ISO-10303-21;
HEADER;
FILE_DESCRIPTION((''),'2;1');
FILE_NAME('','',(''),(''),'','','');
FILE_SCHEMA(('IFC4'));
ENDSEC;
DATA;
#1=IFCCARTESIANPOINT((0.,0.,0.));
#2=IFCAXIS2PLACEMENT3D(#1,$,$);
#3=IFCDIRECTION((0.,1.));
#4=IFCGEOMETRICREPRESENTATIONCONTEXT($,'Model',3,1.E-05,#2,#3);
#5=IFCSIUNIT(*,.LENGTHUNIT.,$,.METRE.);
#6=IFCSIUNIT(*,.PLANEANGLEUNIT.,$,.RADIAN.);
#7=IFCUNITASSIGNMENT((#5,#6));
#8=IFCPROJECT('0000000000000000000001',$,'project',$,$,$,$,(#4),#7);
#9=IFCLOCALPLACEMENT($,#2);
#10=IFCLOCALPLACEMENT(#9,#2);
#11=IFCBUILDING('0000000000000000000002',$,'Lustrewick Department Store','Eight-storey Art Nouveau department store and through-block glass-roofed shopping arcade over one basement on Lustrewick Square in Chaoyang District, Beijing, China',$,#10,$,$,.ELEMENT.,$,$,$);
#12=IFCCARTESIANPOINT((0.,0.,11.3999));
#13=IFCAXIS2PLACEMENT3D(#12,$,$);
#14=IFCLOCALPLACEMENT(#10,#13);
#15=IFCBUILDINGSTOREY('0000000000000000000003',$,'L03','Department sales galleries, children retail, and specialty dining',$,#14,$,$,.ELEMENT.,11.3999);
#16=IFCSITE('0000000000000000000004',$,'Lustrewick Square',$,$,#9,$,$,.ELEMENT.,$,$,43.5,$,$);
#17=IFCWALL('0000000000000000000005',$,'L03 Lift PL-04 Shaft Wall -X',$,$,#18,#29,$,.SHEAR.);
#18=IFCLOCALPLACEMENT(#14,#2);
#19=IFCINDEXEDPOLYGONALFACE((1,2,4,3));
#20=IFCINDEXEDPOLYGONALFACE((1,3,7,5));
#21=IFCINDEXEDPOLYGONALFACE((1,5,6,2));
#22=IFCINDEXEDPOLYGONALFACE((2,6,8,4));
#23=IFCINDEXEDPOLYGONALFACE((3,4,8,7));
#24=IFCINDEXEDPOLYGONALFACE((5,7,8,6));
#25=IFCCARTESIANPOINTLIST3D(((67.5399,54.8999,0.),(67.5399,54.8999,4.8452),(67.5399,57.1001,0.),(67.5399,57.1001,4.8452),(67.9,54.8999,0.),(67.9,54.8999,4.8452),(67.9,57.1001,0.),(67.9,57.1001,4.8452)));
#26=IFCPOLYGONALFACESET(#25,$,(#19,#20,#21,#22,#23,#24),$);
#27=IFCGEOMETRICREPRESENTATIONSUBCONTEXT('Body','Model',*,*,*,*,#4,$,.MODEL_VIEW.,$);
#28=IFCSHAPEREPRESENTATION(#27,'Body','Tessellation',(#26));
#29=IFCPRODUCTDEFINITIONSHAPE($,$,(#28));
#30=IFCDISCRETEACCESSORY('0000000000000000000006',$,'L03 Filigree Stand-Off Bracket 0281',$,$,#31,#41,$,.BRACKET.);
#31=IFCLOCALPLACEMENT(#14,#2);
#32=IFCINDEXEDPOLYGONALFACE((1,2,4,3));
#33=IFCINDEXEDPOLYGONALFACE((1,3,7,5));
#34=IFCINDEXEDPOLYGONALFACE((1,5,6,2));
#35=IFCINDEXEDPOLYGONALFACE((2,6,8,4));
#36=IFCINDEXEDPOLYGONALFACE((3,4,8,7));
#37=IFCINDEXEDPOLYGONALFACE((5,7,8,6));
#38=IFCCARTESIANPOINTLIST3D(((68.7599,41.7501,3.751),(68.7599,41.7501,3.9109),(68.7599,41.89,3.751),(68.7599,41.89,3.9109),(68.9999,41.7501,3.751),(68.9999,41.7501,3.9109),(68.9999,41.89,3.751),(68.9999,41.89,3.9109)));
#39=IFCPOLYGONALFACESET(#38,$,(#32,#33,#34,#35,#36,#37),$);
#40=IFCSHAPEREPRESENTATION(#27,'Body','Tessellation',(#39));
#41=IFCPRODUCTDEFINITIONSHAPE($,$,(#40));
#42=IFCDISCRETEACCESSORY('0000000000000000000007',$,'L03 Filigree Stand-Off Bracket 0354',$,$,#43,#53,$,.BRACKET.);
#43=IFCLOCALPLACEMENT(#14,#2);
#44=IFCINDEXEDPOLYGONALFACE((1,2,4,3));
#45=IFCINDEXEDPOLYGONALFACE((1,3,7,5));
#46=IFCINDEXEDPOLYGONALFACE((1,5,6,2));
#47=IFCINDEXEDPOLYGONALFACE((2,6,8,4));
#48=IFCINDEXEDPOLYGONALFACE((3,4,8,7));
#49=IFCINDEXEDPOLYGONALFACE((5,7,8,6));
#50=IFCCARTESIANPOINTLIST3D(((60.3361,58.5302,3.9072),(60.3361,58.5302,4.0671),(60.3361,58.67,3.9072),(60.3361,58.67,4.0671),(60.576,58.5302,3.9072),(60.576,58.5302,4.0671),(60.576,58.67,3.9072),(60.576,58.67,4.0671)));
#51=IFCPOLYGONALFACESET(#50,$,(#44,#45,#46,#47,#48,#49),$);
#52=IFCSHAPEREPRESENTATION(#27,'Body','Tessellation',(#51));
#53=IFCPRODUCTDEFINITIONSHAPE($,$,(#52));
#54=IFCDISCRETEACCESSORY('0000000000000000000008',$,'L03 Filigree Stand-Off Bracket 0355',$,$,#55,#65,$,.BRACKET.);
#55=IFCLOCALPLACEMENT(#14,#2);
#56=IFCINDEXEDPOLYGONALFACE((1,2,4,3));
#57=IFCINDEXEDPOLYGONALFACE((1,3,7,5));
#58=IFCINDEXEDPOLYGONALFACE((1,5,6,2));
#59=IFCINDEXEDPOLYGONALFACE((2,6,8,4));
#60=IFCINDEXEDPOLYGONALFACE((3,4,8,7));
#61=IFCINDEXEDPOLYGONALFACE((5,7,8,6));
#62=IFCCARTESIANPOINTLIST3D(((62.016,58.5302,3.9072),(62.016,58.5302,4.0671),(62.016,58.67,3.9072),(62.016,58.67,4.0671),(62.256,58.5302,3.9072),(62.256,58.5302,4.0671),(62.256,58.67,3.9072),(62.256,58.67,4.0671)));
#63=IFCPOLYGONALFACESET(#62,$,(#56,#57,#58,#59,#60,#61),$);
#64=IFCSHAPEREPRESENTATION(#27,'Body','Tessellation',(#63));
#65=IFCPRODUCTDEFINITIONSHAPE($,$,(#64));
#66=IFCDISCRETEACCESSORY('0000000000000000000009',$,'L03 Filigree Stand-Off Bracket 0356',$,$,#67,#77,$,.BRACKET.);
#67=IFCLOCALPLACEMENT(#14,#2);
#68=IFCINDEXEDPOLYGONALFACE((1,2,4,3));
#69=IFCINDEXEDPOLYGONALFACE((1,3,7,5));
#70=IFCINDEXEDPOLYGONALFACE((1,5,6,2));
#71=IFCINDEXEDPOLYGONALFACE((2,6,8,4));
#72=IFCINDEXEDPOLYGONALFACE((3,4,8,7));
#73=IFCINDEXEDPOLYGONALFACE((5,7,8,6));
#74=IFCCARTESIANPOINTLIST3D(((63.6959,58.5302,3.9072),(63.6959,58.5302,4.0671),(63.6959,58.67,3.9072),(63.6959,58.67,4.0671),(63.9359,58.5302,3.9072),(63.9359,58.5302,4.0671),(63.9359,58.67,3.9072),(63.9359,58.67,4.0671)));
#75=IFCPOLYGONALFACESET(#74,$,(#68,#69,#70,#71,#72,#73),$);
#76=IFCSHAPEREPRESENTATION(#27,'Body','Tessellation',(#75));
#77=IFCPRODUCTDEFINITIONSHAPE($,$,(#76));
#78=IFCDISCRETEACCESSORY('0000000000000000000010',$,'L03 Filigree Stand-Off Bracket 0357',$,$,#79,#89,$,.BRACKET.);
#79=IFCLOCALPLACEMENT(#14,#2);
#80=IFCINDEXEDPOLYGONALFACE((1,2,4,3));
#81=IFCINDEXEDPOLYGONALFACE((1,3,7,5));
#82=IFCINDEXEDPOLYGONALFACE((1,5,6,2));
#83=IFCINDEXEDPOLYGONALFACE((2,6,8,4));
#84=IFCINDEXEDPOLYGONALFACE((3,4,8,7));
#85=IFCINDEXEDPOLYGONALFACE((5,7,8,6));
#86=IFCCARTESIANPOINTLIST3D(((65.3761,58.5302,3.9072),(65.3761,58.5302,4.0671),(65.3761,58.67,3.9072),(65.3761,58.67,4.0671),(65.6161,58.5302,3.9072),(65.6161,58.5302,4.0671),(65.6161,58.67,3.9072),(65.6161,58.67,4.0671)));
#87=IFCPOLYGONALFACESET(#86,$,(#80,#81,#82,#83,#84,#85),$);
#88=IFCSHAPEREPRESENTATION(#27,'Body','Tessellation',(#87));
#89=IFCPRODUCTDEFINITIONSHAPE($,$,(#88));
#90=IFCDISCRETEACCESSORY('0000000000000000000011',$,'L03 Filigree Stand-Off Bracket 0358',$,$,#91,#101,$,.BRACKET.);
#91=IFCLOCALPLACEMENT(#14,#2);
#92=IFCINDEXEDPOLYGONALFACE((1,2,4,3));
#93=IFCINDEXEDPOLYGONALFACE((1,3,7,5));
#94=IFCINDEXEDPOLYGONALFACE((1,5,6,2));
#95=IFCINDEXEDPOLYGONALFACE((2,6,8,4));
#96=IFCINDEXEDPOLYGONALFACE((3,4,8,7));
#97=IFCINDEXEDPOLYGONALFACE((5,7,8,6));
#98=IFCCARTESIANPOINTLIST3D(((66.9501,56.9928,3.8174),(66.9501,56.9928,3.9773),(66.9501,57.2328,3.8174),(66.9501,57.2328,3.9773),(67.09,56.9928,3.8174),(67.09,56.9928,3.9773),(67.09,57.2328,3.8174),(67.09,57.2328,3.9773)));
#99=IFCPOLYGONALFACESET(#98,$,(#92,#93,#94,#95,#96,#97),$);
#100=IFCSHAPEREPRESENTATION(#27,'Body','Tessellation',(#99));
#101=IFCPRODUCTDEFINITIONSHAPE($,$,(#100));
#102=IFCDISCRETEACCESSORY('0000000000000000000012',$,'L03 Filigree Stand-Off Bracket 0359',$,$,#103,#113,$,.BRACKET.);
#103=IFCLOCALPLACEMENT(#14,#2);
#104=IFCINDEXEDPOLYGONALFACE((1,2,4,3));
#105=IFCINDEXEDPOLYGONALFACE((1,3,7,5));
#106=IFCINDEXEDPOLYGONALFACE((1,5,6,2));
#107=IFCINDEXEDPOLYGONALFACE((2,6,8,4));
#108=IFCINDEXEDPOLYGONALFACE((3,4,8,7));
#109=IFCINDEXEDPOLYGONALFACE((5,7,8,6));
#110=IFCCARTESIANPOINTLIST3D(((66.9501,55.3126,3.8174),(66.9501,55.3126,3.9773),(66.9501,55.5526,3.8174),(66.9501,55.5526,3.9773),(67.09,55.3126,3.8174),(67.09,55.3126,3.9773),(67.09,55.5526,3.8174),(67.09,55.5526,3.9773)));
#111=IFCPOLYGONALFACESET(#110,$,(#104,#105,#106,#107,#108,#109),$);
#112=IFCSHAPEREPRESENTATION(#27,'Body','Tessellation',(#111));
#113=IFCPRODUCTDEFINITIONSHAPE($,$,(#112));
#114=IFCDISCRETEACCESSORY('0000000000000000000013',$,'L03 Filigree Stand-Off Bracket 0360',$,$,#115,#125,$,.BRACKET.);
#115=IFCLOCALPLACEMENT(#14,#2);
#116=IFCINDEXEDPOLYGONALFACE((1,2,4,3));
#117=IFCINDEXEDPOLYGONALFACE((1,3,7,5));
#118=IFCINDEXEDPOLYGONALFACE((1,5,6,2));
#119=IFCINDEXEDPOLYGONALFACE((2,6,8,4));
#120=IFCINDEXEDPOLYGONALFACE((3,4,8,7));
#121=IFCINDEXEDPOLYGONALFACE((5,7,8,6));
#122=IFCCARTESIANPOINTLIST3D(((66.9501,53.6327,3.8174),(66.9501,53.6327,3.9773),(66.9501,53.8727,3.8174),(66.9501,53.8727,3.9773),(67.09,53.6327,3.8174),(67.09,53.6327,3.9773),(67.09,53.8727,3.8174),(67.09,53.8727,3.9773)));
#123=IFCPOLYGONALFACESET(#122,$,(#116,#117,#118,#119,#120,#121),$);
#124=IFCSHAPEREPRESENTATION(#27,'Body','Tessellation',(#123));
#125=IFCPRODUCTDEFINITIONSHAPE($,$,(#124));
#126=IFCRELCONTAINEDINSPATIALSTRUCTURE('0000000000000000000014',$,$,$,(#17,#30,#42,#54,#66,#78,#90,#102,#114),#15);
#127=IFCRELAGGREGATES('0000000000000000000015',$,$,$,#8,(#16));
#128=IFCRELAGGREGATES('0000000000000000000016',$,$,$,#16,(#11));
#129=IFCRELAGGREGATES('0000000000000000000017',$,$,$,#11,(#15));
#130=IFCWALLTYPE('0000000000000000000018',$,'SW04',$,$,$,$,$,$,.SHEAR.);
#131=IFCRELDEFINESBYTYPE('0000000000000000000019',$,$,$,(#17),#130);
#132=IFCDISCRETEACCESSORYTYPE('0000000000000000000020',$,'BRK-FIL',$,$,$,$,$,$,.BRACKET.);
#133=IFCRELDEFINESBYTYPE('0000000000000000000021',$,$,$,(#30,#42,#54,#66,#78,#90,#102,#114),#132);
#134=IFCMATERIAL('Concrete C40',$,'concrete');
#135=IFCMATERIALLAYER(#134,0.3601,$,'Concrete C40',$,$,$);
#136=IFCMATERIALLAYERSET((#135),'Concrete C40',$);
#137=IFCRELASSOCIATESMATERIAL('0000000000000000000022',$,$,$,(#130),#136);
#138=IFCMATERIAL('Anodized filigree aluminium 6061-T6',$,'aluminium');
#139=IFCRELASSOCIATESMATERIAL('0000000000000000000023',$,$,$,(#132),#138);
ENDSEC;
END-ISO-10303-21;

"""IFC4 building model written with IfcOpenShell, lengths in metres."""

from ifc_helpers import new_model, si_unit, direction, frame, frame_2d, origin, origin_2d, place, context, subcontext, project, spatial, rectangle, extrude, material, layer, layer_set, type_object, element, save


model = new_model("IFC4")

# Units and contexts
model_context = context("Model", 3, precision=1e-05, world=origin(), true_north=direction((0.0, 1.0)))
body_context = subcontext(model_context, "Body", "Model", "MODEL_VIEW")
ifc_project = project(units=[si_unit("LENGTHUNIT", "METRE"), si_unit("PLANEANGLEUNIT", "RADIAN")], contexts=[model_context])

# Site, building, storey
site_placement = place(None, origin())
site = spatial("IfcSite", under=ifc_project, at=site_placement, Name="Lustrewick Square", CompositionType="ELEMENT", RefElevation=43.5)
building_placement = place(site_placement, origin())
building = spatial("IfcBuilding", under=site, at=building_placement, Name="Lustrewick Department Store", Description="Eight-storey Art Nouveau department store and through-block glass-roofed shopping arcade over one basement on Lustrewick Square in Chaoyang District, Beijing, China", CompositionType="ELEMENT")
storey_placement = place(building_placement, frame((0.0, 0.0, 11.3999)))
storey = spatial("IfcBuildingStorey", under=building, at=storey_placement, Name="L03", Description="Department sales galleries, children retail, and specialty dining", CompositionType="ELEMENT", Elevation=11.3999)

# Shared definitions
ifc_material_1 = material(Name="Concrete C40", Category="concrete")
ifc_layer_1 = layer(ifc_material_1, 0.3601, Name="Concrete C40")
ifc_layer_set_1 = layer_set([ifc_layer_1], Name="Concrete C40")
wall_type_1 = type_object("IfcWallType", Name="SW04", PredefinedType="SHEAR", material=ifc_layer_set_1)

# Wall
wall_1_placement = place(storey_placement, frame((67.72, 57.1001, 0.0), z_axis=(0.0, 0.0, 1.0), x_axis=(0.0, -1.0, 0.0)))
element("IfcWall", 1, at=wall_1_placement, inside=storey, type_object=wall_type_1, Name="L03 Lift PL-04 Shaft Wall -X", PredefinedType="SHEAR", context=body_context, shape_type="SweptSolid", body=[
    extrude(rectangle(XDim=2.2002, YDim=0.3601, at=frame_2d((1.1001, 0.0))), origin(), (0.0, 0.0, 1.0), 4.8452),
])

# Discrete accessories
ifc_material_2 = material(Name="Anodized filigree aluminium 6061-T6", Category="aluminium")
discrete_accessory_type = type_object("IfcDiscreteAccessoryType", Name="BRK-FIL", PredefinedType="BRACKET", material=ifc_material_2)
for number, where, z_axis, x_axis, name in (
    (2, (68.8799, 41.8201, 3.751), (0.0, 0.0, 1.0), (1.0, 0.0, 0.0), "L03 Filigree Stand-Off Bracket 0281"),
    (3, (60.4561, 58.6001, 3.9072), (0.0, 0.0, 1.0), (1.0, 0.0, 0.0), "L03 Filigree Stand-Off Bracket 0354"),
    (4, (62.136, 58.6001, 3.9072), (0.0, 0.0, 1.0), (1.0, 0.0, 0.0), "L03 Filigree Stand-Off Bracket 0355"),
    (5, (63.8159, 58.6001, 3.9072), (0.0, 0.0, 1.0), (1.0, 0.0, 0.0), "L03 Filigree Stand-Off Bracket 0356"),
    (6, (65.4961, 58.6001, 3.9072), (0.0, 0.0, 1.0), (1.0, 0.0, 0.0), "L03 Filigree Stand-Off Bracket 0357"),
    (7, (67.02, 57.1128, 3.8174), (0.0, 0.0, 1.0), (0.0, -1.0, 0.0), "L03 Filigree Stand-Off Bracket 0358"),
    (8, (67.02, 55.4326, 3.8174), (0.0, 0.0, 1.0), (0.0, -1.0, 0.0), "L03 Filigree Stand-Off Bracket 0359"),
    (9, (67.02, 53.7527, 3.8174), (0.0, 0.0, 1.0), (0.0, -1.0, 0.0), "L03 Filigree Stand-Off Bracket 0360"),
):
    element("IfcDiscreteAccessory", number, at=place(storey_placement, frame(where, z_axis=z_axis, x_axis=x_axis)), inside=storey, type_object=discrete_accessory_type, Name=name, PredefinedType="BRACKET", context=body_context, shape_type="SweptSolid", body=[
        extrude(rectangle(XDim=0.24, YDim=0.1399, at=origin_2d()), origin(), (0.0, 0.0, 1.0), 0.1599),
    ])

save(model, "model.ifc")
